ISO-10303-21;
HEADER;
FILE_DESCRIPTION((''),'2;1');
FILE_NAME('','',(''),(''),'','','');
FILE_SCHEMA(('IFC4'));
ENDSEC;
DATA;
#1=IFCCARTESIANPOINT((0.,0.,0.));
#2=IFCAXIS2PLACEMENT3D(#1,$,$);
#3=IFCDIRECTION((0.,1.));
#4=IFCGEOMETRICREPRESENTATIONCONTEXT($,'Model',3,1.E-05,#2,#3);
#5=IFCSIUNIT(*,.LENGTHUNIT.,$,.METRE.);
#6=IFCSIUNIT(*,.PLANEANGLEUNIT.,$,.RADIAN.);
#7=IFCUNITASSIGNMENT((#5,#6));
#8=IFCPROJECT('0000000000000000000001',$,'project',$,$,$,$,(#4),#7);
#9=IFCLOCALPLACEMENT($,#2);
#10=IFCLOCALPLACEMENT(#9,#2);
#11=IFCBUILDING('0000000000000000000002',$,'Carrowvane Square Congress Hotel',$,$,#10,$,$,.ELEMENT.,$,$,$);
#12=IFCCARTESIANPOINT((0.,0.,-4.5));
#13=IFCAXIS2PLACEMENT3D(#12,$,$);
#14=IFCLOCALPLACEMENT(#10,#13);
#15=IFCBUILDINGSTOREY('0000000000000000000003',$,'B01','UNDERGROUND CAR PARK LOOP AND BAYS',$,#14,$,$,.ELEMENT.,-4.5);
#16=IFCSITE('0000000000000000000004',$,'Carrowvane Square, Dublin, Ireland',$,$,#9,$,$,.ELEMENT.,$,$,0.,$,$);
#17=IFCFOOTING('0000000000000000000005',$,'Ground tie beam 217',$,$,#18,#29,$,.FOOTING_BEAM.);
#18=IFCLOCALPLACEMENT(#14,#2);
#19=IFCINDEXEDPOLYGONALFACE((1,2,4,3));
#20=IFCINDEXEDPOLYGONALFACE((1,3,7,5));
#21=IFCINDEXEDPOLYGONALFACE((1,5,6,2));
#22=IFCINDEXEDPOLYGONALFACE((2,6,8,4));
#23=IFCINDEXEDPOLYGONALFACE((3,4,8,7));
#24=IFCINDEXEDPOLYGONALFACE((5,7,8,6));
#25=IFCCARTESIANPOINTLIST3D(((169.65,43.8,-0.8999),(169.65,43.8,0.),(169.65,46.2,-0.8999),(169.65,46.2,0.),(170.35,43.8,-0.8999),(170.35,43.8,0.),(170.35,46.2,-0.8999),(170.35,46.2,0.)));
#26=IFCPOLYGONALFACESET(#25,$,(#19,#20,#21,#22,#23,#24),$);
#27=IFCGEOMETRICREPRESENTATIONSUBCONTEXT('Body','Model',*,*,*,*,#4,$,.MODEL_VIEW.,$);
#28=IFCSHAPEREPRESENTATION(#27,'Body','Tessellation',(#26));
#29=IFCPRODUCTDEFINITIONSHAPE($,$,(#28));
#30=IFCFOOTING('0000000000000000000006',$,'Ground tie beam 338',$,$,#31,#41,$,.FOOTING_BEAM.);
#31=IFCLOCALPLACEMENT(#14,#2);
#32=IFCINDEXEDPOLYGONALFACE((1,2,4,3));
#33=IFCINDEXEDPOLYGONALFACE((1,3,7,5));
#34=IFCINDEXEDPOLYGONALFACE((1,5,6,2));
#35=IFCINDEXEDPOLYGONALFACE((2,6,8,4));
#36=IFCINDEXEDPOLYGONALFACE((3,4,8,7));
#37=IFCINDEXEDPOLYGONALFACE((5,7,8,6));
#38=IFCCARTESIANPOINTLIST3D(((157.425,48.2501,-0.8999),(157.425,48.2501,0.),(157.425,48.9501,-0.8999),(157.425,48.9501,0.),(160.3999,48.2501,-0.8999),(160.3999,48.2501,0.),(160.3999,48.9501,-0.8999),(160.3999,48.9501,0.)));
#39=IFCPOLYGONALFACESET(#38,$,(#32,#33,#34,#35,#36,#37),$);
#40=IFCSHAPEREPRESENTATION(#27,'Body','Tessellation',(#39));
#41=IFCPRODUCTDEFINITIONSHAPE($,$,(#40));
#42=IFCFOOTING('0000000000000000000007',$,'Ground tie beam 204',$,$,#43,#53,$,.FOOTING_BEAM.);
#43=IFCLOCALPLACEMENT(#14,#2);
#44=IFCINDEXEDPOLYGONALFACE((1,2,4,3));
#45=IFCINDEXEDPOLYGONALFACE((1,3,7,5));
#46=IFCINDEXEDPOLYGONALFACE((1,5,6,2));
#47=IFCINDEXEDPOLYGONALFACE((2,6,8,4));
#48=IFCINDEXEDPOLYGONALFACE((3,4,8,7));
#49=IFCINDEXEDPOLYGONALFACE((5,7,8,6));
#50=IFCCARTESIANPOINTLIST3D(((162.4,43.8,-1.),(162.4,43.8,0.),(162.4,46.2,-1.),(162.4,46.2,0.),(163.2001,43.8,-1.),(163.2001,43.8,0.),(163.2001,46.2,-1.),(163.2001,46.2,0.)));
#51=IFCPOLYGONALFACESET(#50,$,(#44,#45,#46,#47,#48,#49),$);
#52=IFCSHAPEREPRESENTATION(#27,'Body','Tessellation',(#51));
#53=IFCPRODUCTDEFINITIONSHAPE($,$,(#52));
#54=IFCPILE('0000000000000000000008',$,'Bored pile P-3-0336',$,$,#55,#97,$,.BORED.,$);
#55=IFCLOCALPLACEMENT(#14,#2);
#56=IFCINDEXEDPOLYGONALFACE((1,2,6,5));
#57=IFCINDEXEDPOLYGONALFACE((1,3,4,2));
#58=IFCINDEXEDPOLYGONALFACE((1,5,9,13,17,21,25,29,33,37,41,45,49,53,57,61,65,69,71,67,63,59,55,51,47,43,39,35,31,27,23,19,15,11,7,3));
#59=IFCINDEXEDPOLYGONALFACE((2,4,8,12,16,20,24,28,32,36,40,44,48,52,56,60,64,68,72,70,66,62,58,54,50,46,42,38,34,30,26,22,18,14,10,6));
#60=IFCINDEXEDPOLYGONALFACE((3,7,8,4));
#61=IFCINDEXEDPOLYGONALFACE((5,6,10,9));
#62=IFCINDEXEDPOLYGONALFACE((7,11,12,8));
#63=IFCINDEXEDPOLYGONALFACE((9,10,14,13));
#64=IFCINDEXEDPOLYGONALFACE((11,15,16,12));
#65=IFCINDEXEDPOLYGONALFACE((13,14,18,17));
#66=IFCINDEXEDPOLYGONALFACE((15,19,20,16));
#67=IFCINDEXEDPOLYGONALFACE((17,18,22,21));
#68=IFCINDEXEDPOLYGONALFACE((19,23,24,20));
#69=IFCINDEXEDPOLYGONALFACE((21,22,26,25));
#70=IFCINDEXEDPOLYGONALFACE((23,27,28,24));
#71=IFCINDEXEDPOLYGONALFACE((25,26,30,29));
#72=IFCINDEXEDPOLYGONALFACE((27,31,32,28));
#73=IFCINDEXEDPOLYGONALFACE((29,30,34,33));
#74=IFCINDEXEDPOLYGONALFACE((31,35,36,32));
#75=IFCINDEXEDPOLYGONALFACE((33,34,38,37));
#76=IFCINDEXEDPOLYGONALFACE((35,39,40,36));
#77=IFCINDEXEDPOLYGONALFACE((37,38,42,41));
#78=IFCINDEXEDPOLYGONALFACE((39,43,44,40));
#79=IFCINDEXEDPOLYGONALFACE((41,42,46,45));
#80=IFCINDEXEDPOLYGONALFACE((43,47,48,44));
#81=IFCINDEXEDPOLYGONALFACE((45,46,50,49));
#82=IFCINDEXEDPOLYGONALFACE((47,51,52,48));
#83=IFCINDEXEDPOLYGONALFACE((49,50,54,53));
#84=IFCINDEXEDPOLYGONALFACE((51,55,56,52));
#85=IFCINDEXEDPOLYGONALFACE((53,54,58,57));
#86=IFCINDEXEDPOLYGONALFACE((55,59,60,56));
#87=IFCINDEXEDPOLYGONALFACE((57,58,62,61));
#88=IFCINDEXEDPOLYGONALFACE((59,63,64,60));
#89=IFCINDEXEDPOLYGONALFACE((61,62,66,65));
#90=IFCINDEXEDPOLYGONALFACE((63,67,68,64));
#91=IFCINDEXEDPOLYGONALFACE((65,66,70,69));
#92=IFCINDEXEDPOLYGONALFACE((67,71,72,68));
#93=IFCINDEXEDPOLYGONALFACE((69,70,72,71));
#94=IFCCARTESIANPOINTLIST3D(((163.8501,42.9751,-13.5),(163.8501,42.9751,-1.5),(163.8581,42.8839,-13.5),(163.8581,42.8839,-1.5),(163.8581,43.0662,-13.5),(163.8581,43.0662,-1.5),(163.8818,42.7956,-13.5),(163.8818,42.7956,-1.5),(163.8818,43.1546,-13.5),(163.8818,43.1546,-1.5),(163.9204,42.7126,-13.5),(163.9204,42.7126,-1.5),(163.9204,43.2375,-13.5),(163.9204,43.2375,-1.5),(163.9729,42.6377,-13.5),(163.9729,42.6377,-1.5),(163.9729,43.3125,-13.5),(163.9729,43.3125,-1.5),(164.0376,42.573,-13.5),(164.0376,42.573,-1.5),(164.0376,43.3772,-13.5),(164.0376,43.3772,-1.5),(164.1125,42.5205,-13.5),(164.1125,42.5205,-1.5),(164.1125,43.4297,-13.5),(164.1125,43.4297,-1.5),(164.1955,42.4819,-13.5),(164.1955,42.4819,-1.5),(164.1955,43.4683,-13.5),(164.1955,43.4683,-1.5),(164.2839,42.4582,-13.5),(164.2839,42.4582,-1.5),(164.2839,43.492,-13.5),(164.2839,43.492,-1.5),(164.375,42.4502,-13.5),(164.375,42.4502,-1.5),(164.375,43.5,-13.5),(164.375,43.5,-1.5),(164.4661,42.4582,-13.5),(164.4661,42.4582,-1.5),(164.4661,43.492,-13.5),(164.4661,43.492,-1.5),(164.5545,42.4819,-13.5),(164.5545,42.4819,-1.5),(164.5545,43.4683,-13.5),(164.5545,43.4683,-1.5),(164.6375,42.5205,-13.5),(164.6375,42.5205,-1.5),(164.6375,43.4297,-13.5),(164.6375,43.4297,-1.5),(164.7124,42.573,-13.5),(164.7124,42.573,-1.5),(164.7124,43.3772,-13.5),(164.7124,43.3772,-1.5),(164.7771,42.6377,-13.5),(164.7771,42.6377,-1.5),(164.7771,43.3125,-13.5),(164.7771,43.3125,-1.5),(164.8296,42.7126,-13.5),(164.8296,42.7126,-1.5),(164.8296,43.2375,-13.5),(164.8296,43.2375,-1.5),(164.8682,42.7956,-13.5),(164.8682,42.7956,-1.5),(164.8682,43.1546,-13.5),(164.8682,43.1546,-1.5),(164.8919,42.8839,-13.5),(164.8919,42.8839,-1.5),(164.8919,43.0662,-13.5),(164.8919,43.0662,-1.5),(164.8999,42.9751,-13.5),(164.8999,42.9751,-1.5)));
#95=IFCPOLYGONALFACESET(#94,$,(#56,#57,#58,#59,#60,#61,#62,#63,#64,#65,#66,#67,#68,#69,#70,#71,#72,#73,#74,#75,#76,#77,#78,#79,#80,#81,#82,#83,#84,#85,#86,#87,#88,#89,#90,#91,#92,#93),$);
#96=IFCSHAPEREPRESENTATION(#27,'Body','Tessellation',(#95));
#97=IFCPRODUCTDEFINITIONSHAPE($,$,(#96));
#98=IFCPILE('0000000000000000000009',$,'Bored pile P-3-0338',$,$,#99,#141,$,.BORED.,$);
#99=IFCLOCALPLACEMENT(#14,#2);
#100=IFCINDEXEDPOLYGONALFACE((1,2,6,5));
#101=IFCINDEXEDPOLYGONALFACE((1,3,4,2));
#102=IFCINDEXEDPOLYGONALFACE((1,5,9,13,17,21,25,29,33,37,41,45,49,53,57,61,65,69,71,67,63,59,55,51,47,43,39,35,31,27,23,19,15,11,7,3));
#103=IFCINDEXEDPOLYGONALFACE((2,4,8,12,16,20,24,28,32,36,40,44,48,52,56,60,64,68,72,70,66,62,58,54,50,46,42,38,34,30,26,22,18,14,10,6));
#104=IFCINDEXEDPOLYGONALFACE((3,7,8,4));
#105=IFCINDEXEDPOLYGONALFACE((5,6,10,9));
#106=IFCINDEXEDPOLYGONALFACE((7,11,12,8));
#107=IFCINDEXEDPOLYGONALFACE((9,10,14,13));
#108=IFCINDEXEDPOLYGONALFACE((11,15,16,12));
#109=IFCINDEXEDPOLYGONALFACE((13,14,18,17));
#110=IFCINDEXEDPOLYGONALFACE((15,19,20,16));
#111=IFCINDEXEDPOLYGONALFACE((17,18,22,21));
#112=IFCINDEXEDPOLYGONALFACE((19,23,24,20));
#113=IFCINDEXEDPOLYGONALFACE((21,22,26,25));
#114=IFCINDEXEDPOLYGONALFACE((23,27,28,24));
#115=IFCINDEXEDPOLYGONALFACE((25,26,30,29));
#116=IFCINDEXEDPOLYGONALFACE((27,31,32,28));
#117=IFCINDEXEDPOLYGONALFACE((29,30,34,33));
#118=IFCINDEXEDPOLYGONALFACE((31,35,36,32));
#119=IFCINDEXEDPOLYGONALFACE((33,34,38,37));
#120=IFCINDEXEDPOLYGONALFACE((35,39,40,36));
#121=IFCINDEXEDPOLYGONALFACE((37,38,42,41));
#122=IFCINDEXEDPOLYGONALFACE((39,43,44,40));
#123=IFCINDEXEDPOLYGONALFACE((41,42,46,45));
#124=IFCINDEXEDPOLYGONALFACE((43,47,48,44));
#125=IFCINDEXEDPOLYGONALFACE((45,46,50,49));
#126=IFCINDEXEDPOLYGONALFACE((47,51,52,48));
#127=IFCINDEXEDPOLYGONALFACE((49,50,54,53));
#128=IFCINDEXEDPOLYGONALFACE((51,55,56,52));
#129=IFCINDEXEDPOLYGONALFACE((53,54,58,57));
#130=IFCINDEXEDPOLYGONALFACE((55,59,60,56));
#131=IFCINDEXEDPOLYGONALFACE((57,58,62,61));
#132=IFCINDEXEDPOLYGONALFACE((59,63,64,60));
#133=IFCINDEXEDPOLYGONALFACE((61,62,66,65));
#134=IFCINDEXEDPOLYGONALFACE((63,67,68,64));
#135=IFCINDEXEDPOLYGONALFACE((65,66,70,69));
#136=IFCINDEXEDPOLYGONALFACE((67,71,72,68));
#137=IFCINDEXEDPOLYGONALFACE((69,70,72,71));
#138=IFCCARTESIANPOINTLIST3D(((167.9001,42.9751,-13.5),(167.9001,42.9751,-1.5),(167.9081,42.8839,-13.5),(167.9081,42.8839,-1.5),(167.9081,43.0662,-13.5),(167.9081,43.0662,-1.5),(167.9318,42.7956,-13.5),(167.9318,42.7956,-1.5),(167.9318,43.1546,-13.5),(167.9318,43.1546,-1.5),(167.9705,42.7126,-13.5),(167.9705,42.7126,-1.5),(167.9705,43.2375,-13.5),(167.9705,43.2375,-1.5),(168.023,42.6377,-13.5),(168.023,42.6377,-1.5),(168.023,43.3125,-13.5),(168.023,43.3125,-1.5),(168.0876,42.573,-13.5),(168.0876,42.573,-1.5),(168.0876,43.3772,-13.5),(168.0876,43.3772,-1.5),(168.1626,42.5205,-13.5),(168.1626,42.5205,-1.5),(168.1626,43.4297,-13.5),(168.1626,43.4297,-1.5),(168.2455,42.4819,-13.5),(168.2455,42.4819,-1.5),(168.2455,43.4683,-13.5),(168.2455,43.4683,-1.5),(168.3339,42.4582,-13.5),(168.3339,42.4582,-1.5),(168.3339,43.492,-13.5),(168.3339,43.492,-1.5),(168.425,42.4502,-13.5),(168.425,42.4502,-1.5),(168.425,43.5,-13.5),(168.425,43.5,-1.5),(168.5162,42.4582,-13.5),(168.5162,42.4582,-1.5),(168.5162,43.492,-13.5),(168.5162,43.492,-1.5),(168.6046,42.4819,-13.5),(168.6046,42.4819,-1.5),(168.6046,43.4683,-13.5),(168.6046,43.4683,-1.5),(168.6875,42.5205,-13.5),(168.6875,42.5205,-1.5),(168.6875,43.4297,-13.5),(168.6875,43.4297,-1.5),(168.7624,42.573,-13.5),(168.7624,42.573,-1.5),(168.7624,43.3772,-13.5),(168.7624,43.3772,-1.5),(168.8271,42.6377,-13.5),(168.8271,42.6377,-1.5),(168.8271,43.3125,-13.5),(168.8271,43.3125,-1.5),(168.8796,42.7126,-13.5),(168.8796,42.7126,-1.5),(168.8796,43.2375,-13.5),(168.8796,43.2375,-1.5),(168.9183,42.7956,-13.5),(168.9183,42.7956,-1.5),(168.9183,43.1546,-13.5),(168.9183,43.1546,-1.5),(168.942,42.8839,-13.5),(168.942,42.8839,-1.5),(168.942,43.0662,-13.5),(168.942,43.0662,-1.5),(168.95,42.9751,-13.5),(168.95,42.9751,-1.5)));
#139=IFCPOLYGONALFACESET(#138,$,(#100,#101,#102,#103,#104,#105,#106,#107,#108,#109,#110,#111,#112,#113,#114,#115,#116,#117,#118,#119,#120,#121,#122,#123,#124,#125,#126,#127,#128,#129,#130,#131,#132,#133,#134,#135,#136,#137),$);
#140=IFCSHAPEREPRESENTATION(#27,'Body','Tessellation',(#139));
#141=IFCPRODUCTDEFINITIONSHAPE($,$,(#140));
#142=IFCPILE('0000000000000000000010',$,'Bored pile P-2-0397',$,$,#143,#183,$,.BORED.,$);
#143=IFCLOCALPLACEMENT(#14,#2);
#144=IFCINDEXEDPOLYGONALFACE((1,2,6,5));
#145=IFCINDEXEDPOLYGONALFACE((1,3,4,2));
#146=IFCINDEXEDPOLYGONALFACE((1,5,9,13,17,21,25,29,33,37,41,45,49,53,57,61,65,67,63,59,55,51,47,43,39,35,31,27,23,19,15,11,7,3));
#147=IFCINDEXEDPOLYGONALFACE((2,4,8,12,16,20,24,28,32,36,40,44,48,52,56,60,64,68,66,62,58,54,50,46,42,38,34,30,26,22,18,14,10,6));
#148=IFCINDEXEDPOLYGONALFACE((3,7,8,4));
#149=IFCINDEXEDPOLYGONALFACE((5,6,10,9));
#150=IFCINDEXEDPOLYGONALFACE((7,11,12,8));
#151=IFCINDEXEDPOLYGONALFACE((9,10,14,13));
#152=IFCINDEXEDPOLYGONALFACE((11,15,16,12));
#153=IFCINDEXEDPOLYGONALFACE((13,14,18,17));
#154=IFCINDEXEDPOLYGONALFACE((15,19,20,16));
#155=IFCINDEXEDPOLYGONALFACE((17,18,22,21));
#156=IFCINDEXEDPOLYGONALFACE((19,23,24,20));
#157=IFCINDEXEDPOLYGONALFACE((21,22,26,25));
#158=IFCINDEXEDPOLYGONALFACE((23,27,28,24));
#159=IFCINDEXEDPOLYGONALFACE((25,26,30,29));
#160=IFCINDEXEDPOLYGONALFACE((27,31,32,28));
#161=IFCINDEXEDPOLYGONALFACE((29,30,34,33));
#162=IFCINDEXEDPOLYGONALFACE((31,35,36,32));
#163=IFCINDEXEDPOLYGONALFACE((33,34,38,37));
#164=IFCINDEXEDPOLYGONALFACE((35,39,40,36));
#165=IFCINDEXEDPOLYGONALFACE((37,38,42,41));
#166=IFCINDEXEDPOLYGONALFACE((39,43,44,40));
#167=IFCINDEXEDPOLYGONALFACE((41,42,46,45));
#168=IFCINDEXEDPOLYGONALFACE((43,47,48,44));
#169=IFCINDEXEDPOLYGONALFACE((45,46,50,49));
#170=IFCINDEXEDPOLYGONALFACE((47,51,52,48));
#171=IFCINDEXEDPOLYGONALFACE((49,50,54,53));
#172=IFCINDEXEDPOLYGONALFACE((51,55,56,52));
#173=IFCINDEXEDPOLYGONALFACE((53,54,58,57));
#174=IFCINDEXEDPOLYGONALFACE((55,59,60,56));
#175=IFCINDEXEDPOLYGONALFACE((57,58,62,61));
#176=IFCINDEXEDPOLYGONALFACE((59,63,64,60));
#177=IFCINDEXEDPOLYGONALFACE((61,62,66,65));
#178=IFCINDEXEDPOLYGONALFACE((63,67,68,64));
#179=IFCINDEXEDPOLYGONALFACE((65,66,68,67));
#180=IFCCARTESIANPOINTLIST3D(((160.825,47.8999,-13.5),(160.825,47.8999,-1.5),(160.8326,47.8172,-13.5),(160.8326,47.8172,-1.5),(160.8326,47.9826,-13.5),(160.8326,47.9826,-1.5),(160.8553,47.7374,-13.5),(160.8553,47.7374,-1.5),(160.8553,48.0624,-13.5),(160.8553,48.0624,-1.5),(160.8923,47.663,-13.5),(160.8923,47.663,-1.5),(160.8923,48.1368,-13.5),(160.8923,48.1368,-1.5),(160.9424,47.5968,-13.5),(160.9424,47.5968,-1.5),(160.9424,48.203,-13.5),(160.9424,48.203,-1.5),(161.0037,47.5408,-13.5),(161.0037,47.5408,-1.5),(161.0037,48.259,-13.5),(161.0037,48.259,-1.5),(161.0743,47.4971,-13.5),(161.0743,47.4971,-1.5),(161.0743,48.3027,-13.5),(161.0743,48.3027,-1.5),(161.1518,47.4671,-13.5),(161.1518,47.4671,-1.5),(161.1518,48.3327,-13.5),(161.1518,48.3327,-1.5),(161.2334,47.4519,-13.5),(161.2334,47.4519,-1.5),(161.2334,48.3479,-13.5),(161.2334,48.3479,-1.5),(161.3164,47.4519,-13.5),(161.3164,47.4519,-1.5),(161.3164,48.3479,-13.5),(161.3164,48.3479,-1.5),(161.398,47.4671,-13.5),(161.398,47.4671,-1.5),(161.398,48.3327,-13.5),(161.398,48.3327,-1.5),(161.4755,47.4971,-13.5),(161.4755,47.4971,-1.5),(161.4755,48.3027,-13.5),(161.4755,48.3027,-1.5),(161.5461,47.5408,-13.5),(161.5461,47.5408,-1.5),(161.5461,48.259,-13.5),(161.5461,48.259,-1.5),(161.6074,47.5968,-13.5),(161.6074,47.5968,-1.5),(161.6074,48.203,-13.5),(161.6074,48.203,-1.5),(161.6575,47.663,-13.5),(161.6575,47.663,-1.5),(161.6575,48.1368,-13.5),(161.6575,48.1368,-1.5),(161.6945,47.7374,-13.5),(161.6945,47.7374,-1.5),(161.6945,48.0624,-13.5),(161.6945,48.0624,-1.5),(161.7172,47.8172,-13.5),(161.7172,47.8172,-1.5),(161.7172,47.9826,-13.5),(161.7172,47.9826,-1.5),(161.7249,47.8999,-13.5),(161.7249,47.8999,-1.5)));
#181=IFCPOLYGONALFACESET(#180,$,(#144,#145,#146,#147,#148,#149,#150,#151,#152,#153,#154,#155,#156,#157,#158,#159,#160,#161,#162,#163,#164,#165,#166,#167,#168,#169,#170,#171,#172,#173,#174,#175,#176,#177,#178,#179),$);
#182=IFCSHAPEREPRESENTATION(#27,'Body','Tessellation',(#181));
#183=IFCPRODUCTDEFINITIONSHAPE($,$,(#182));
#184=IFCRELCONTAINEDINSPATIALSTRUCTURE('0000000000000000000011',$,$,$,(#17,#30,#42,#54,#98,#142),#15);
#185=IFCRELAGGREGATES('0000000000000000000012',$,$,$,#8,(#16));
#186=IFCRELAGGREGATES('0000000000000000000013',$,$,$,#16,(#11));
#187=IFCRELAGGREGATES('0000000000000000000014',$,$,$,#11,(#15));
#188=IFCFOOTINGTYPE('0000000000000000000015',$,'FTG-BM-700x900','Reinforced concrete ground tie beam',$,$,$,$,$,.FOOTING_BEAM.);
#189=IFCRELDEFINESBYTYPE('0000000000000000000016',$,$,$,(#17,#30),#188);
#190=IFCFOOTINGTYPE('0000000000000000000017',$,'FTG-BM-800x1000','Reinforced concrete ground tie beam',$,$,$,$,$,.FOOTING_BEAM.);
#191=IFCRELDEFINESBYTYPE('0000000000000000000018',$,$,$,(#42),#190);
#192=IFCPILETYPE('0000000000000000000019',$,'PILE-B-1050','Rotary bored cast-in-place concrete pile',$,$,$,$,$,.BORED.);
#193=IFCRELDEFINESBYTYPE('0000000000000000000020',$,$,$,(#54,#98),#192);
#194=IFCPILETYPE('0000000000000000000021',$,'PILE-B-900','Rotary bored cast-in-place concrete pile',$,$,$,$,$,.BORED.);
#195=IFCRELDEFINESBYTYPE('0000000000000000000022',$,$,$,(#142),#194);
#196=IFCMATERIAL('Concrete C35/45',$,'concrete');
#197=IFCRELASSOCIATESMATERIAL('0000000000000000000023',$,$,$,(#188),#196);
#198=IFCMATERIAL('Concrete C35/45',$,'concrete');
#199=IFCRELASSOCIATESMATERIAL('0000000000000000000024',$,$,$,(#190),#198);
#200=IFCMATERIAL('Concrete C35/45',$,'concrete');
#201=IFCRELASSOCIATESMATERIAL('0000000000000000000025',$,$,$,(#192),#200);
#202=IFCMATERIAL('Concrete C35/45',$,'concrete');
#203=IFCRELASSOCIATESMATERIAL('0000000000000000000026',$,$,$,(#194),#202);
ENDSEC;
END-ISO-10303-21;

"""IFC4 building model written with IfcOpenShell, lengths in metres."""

from ifc_helpers import new_model, si_unit, direction, frame, origin, origin_2d, place, context, subcontext, project, spatial, rectangle, circle, extrude, material, material_profile, profile_set, type_object, element, save


model = new_model("IFC4")

# Units and contexts
model_context = context("Model", 3, precision=1e-05, world=origin(), true_north=direction((0.0, 1.0)))
body_context = subcontext(model_context, "Body", "Model", "MODEL_VIEW")
ifc_project = project(units=[si_unit("LENGTHUNIT", "METRE"), si_unit("PLANEANGLEUNIT", "RADIAN")], contexts=[model_context])

# Site, building, storey
site_placement = place(None, origin())
site = spatial("IfcSite", under=ifc_project, at=site_placement, Name="Carrowvane Square, Dublin, Ireland", CompositionType="ELEMENT", RefElevation=0.0)
building_placement = place(site_placement, origin())
building = spatial("IfcBuilding", under=site, at=building_placement, Name="Carrowvane Square Congress Hotel", CompositionType="ELEMENT")
storey_placement = place(building_placement, frame((0.0, 0.0, -4.5)))
storey = spatial("IfcBuildingStorey", under=building, at=storey_placement, Name="B01", Description="UNDERGROUND CAR PARK LOOP AND BAYS", CompositionType="ELEMENT", Elevation=-4.5)

# Footings
ifc_material_1 = material(Name="Concrete C35/45", Category="concrete")
ifc_material_profile_1 = material_profile(ifc_material_1, rectangle(XDim=0.7, YDim=0.8999, at=origin_2d()), Name="RC 700x900")
ifc_profile_set_1 = profile_set([ifc_material_profile_1], Name="Concrete C35/45")
footing_type_1 = type_object("IfcFootingType", Name="FTG-BM-700x900", Description="Reinforced concrete ground tie beam", PredefinedType="FOOTING_BEAM", material=ifc_profile_set_1)
footing_1_placement = place(storey_placement, frame((170.0, 43.8, -0.45), z_axis=(0.0, 1.0, 0.0), x_axis=(-1.0, 0.0, 0.0)))
element("IfcFooting", 1, at=footing_1_placement, inside=storey, type_object=footing_type_1, Name="Ground tie beam 217", PredefinedType="FOOTING_BEAM", context=body_context, shape_type="SweptSolid", body=[
    extrude(rectangle(XDim=0.7, YDim=0.8999, at=origin_2d()), origin(), (0.0, 0.0, 1.0), 2.3999),
])
footing_2_placement = place(storey_placement, frame((157.425, 48.6001, -0.45), z_axis=(1.0, 0.0, 0.0), x_axis=(0.0, 1.0, 0.0)))
element("IfcFooting", 2, at=footing_2_placement, inside=storey, type_object=footing_type_1, Name="Ground tie beam 338", PredefinedType="FOOTING_BEAM", context=body_context, shape_type="SweptSolid", body=[
    extrude(rectangle(XDim=0.7, YDim=0.8999, at=origin_2d()), origin(), (0.0, 0.0, 1.0), 2.9749),
])
ifc_material_2 = material(Name="Concrete C35/45", Category="concrete")
ifc_material_profile_2 = material_profile(ifc_material_2, rectangle(XDim=0.8, YDim=1.0, at=origin_2d()), Name="RC 800x1000")
ifc_profile_set_2 = profile_set([ifc_material_profile_2], Name="Concrete C35/45")
footing_type_2 = type_object("IfcFootingType", Name="FTG-BM-800x1000", Description="Reinforced concrete ground tie beam", PredefinedType="FOOTING_BEAM", material=ifc_profile_set_2)
footing_3_placement = place(storey_placement, frame((162.8, 43.8, -0.5), z_axis=(0.0, 1.0, 0.0), x_axis=(-1.0, 0.0, 0.0)))
element("IfcFooting", 3, at=footing_3_placement, inside=storey, type_object=footing_type_2, Name="Ground tie beam 204", PredefinedType="FOOTING_BEAM", context=body_context, shape_type="SweptSolid", body=[
    extrude(rectangle(XDim=0.8, YDim=1.0, at=origin_2d()), origin(), (0.0, 0.0, 1.0), 2.3999),
])

# Piles
ifc_material_3 = material(Name="Concrete C35/45", Category="concrete")
ifc_material_profile_3 = material_profile(ifc_material_3, circle(Radius=0.5249, at=origin_2d()), Name="PILE D1050")
ifc_profile_set_3 = profile_set([ifc_material_profile_3], Name="Concrete C35/45")
pile_type_1 = type_object("IfcPileType", Name="PILE-B-1050", Description="Rotary bored cast-in-place concrete pile", PredefinedType="BORED", material=ifc_profile_set_3)
for number, where, z_axis, x_axis, name in (
    (4, (164.375, 42.9751, -1.5), (0.0, 0.0, -1.0), (1.0, 0.0, 0.0), "Bored pile P-3-0336"),
    (5, (168.425, 42.9751, -1.5), (0.0, 0.0, -1.0), (1.0, 0.0, 0.0), "Bored pile P-3-0338"),
):
    element("IfcPile", number, at=place(storey_placement, frame(where, z_axis=z_axis, x_axis=x_axis)), inside=storey, type_object=pile_type_1, Name=name, PredefinedType="BORED", context=body_context, shape_type="SweptSolid", body=[
        extrude(circle(Radius=0.5249, at=origin_2d()), origin(), (0.0, 0.0, 1.0), 12.0),
    ])
ifc_material_4 = material(Name="Concrete C35/45", Category="concrete")
ifc_material_profile_4 = material_profile(ifc_material_4, circle(Radius=0.45, at=origin_2d()), Name="PILE D900")
ifc_profile_set_4 = profile_set([ifc_material_profile_4], Name="Concrete C35/45")
pile_type_2 = type_object("IfcPileType", Name="PILE-B-900", Description="Rotary bored cast-in-place concrete pile", PredefinedType="BORED", material=ifc_profile_set_4)
for number, where, z_axis, x_axis, name in (
    (6, (161.2749, 47.8999, -1.5), (0.0, 0.0, -1.0), (1.0, 0.0, 0.0), "Bored pile P-2-0397"),
):
    element("IfcPile", number, at=place(storey_placement, frame(where, z_axis=z_axis, x_axis=x_axis)), inside=storey, type_object=pile_type_2, Name=name, PredefinedType="BORED", context=body_context, shape_type="SweptSolid", body=[
        extrude(circle(Radius=0.45, at=origin_2d()), origin(), (0.0, 0.0, 1.0), 12.0),
    ])

save(model, "model.ifc")
